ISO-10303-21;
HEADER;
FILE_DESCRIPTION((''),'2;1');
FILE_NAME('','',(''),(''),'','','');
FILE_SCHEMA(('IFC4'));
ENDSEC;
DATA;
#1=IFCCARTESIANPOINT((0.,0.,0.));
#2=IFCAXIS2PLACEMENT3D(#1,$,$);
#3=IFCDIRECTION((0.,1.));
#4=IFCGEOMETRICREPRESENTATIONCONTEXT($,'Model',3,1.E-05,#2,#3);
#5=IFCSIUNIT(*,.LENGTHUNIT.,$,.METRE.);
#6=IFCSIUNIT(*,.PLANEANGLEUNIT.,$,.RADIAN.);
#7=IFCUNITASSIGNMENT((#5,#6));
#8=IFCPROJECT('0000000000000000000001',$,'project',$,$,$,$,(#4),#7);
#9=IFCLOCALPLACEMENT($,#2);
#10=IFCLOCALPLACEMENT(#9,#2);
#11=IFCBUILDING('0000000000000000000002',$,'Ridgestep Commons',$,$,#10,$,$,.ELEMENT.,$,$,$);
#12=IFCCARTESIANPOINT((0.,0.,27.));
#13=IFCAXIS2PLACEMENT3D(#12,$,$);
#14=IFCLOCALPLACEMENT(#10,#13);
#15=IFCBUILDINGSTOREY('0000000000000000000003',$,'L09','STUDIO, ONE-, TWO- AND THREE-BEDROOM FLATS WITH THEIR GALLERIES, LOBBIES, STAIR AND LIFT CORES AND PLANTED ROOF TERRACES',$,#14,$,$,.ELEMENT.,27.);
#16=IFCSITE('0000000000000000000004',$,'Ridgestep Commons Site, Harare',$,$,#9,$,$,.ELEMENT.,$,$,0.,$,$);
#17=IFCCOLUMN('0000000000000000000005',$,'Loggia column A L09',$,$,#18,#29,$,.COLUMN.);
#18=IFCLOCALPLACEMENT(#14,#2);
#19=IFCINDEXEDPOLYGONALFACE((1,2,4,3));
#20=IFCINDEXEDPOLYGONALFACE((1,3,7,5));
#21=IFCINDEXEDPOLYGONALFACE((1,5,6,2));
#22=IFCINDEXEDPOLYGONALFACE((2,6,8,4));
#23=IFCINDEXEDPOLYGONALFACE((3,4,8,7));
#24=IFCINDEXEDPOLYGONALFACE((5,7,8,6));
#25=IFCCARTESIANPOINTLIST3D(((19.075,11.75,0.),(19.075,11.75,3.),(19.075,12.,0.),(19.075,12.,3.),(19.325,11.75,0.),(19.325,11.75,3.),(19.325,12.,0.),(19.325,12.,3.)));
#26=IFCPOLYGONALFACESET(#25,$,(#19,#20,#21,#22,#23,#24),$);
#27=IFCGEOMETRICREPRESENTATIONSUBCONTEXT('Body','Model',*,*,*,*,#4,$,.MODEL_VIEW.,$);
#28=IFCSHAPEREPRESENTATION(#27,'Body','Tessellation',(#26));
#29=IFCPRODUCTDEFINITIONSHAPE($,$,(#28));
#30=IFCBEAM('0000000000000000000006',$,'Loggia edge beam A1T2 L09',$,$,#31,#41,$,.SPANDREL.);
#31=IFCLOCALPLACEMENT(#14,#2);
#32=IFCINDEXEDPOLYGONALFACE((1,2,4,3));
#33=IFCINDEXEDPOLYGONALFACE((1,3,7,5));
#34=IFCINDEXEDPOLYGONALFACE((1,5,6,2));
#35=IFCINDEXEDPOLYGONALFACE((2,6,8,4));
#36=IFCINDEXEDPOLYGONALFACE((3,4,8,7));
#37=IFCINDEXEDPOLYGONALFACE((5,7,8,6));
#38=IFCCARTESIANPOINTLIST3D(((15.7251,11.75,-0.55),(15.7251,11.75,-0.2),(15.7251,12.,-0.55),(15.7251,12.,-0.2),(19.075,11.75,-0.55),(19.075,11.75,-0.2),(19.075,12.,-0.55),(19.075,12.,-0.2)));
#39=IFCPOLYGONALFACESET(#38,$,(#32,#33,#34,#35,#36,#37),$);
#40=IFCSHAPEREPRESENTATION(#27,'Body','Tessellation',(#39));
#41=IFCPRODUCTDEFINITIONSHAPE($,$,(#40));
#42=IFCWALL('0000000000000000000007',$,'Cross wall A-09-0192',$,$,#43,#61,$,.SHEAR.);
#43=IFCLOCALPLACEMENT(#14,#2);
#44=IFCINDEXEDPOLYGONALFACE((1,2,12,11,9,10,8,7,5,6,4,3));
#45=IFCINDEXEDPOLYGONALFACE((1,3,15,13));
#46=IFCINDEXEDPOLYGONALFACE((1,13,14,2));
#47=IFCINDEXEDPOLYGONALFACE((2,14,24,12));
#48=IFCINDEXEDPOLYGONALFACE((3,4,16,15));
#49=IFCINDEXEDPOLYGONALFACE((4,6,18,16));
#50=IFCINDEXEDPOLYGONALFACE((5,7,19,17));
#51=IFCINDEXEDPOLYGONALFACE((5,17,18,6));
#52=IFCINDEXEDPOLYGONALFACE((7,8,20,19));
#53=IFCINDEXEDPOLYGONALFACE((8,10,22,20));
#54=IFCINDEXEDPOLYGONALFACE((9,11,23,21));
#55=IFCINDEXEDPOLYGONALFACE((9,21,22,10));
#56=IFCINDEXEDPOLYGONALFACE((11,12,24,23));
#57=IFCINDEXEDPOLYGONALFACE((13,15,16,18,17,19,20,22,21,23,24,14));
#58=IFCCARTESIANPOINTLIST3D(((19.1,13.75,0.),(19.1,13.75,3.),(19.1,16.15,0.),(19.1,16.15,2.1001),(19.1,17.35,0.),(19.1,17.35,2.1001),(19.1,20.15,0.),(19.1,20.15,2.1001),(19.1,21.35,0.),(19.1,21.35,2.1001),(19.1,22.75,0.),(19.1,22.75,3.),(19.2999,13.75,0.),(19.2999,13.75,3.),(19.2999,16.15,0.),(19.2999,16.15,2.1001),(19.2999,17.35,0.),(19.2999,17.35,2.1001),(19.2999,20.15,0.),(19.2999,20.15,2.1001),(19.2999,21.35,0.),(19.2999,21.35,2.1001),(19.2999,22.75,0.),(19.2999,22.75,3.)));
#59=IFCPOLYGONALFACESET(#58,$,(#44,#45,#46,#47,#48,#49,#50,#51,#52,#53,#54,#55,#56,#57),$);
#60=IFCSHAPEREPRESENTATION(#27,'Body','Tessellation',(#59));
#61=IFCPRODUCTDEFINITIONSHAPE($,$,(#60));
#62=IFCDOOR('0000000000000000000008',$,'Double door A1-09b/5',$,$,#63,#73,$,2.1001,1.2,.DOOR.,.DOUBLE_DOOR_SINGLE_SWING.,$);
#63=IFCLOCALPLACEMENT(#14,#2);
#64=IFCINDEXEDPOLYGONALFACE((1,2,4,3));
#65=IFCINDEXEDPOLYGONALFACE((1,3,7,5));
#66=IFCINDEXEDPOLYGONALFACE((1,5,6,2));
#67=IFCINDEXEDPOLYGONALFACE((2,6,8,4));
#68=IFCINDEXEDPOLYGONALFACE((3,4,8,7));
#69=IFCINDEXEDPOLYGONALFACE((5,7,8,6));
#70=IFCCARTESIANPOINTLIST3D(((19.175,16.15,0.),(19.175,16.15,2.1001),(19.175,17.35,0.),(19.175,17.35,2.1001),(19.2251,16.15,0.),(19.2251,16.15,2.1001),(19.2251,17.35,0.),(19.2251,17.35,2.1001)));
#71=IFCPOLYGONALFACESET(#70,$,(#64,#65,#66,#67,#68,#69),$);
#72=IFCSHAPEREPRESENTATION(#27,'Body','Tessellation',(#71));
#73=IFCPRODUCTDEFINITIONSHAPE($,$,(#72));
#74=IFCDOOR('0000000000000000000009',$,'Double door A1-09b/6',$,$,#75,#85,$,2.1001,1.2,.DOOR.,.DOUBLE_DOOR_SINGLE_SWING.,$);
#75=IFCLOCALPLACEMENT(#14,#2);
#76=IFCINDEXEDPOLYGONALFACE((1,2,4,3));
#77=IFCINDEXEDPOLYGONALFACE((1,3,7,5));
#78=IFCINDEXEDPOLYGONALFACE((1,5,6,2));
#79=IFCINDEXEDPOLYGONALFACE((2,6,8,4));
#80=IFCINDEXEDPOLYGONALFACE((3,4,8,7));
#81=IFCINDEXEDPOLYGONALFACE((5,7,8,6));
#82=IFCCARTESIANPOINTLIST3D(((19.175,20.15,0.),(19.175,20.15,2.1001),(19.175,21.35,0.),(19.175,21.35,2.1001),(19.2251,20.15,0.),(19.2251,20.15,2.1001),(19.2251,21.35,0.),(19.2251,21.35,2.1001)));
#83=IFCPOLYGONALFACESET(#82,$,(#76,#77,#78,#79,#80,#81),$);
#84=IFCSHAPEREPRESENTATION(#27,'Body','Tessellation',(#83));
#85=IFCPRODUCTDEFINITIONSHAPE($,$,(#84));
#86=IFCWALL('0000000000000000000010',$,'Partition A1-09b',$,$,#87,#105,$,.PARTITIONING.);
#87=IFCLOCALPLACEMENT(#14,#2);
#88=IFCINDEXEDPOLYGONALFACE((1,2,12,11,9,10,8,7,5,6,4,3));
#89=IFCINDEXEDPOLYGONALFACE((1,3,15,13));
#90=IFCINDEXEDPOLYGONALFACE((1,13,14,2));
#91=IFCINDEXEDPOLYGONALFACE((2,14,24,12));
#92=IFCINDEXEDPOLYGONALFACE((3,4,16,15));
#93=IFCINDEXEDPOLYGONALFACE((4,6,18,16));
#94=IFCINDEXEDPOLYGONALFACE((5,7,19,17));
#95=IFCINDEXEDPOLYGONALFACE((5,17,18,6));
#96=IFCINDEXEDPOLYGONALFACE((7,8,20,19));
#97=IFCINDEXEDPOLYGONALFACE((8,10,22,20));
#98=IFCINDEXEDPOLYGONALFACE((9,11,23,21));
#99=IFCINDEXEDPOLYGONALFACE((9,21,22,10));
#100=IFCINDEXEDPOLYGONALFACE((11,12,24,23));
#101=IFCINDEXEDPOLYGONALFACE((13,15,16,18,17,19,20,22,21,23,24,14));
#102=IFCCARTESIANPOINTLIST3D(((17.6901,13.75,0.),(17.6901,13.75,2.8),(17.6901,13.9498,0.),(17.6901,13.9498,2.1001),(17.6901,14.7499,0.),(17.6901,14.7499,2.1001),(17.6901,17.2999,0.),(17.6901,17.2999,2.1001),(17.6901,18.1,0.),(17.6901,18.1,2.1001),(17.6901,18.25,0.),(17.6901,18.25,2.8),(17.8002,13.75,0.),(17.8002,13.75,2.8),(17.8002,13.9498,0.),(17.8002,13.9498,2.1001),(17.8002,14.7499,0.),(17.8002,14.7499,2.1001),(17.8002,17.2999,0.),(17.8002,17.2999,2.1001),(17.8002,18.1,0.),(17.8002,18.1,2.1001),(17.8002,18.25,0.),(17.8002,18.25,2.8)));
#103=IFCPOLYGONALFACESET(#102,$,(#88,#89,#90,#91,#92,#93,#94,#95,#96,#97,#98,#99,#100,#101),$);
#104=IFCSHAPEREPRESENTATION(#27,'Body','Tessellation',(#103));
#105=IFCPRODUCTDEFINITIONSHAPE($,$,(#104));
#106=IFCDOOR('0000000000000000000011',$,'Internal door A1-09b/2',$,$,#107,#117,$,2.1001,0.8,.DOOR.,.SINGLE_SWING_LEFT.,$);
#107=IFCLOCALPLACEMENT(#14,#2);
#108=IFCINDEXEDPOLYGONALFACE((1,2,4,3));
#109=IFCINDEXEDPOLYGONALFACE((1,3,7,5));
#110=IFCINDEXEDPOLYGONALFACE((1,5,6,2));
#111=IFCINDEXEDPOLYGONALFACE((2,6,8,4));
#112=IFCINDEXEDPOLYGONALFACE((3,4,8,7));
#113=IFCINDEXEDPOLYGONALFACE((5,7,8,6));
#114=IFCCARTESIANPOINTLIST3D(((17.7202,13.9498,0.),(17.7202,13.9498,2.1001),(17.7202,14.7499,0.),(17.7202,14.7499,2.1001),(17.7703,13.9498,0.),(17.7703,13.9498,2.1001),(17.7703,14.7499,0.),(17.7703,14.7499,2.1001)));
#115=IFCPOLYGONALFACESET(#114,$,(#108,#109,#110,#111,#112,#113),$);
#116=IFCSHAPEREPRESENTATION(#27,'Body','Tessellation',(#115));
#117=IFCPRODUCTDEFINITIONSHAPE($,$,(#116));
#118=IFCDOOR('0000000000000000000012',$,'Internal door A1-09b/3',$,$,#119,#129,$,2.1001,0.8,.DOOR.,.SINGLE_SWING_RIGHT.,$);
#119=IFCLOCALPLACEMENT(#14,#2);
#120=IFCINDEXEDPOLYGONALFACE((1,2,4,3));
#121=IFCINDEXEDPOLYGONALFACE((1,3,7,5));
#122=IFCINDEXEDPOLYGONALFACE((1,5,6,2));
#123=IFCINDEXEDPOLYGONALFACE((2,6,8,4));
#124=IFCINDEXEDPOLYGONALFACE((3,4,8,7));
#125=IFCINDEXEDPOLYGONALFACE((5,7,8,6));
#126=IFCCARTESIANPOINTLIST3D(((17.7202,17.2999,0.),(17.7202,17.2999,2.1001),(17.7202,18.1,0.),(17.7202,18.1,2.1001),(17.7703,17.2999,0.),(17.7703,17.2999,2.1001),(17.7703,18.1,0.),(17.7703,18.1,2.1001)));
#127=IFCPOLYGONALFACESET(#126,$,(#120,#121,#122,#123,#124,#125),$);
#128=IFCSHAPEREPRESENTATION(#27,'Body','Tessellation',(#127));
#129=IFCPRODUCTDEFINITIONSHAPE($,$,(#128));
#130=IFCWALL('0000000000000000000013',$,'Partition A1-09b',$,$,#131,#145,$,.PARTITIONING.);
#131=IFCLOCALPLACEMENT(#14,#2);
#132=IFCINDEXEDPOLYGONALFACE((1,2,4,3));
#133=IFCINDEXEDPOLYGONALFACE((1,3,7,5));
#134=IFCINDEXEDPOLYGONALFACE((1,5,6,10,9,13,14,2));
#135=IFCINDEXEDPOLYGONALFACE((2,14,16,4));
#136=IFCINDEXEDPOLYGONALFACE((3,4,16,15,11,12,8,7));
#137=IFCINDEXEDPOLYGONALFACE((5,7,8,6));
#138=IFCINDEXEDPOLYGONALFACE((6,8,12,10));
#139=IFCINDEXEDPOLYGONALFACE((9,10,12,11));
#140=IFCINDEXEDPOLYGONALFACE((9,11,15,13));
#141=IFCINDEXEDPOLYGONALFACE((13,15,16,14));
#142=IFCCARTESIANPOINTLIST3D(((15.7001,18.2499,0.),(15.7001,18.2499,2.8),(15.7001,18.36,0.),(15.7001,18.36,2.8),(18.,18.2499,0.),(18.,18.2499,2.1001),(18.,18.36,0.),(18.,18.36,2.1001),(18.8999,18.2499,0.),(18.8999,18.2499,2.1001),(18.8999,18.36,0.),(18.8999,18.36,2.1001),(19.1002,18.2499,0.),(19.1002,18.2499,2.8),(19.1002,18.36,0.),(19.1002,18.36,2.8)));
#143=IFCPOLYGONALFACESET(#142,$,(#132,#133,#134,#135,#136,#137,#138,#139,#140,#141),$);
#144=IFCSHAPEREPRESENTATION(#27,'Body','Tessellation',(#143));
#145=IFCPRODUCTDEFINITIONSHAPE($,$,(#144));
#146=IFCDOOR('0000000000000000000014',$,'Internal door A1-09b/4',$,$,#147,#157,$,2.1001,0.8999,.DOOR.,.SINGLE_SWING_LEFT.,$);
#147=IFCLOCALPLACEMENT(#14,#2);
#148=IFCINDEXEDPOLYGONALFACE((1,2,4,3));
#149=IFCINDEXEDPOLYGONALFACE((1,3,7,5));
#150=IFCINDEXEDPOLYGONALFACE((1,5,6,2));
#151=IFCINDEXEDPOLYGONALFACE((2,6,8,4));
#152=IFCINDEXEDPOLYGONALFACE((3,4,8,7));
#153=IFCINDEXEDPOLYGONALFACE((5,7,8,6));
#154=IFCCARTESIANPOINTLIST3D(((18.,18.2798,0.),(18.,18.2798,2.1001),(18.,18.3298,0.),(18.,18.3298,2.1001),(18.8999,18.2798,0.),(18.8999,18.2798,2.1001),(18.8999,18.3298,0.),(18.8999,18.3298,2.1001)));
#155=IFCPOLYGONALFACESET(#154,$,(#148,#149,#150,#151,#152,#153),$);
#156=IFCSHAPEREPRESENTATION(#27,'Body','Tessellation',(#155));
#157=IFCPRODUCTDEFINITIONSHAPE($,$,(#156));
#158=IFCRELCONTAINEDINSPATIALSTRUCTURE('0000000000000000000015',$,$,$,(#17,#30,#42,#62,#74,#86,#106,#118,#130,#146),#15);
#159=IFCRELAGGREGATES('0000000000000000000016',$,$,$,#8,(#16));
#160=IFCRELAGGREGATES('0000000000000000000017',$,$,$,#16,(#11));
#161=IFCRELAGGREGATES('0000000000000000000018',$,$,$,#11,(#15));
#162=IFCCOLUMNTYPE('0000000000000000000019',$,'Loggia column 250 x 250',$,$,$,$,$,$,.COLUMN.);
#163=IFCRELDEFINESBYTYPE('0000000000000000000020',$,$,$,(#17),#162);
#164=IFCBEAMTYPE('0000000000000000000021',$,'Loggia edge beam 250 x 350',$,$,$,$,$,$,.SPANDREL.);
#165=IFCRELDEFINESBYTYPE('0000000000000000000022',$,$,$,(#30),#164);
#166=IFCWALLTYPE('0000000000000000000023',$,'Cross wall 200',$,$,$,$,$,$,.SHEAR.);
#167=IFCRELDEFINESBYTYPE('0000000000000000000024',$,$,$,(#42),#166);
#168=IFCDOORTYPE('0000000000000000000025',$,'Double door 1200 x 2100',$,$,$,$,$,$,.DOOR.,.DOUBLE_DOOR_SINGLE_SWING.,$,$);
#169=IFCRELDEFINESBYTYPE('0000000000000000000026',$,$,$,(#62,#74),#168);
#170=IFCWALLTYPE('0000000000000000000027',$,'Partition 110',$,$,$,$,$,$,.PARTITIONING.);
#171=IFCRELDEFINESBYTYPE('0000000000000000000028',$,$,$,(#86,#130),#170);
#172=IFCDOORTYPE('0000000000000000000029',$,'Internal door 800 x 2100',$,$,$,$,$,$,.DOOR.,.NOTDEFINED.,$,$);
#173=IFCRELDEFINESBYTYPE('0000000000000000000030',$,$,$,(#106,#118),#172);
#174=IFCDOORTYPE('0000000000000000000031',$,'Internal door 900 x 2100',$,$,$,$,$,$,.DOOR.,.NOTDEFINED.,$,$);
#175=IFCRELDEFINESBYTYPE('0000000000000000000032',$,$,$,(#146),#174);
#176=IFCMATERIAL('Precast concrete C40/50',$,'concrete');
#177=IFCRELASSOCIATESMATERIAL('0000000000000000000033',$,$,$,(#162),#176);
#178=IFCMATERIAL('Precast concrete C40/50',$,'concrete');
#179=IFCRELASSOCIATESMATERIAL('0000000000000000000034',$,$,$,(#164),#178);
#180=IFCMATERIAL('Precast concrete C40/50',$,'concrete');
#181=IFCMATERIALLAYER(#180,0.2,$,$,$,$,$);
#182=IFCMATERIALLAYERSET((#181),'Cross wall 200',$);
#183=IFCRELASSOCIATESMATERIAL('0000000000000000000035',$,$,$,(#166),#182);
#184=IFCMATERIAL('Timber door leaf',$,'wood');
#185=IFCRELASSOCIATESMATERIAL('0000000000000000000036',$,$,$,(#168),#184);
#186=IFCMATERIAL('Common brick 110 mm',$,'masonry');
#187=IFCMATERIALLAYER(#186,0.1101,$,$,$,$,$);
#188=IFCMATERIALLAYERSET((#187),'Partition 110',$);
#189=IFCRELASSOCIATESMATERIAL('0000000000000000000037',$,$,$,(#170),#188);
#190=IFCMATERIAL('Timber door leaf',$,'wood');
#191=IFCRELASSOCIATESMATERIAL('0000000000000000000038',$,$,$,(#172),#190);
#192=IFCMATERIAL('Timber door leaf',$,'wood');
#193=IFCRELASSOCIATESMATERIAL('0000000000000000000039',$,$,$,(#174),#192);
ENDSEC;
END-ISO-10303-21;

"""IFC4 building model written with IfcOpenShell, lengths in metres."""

from ifc_helpers import new_model, si_unit, direction, frame, frame_2d, origin, origin_2d, place, context, subcontext, project, spatial, rectangle, extrude, material, layer, layer_set, material_profile, profile_set, type_object, element, fill, save


model = new_model("IFC4")

# Units and contexts
model_context = context("Model", 3, precision=1e-05, world=origin(), true_north=direction((0.0, 1.0)))
body_context = subcontext(model_context, "Body", "Model", "MODEL_VIEW")
ifc_project = project(units=[si_unit("LENGTHUNIT", "METRE"), si_unit("PLANEANGLEUNIT", "RADIAN")], contexts=[model_context])

# Site, building, storey
site_placement = place(None, origin())
site = spatial("IfcSite", under=ifc_project, at=site_placement, Name="Ridgestep Commons Site, Harare", CompositionType="ELEMENT", RefElevation=0.0)
building_placement = place(site_placement, origin())
building = spatial("IfcBuilding", under=site, at=building_placement, Name="Ridgestep Commons", CompositionType="ELEMENT")
storey_placement = place(building_placement, frame((0.0, 0.0, 27.0)))
storey = spatial("IfcBuildingStorey", under=building, at=storey_placement, Name="L09", Description="STUDIO, ONE-, TWO- AND THREE-BEDROOM FLATS WITH THEIR GALLERIES, LOBBIES, STAIR AND LIFT CORES AND PLANTED ROOF TERRACES", CompositionType="ELEMENT", Elevation=27.0)

# Column
ifc_material_1 = material(Name="Precast concrete C40/50", Category="concrete")
ifc_material_profile_1 = material_profile(ifc_material_1, rectangle(XDim=0.25, YDim=0.25, at=origin_2d()), Name="PC 250x250")
ifc_profile_set_1 = profile_set([ifc_material_profile_1], Name="Precast concrete C40/50")
column_type = type_object("IfcColumnType", Name="Loggia column 250 x 250", PredefinedType="COLUMN", material=ifc_profile_set_1)
column_placement = place(storey_placement, frame((19.2, 11.875, 0.0), z_axis=(0.0, 0.0, 1.0), x_axis=(1.0, 0.0, 0.0)))
element("IfcColumn", 1, at=column_placement, inside=storey, type_object=column_type, Name="Loggia column A L09", PredefinedType="COLUMN", context=body_context, shape_type="SweptSolid", body=[
    extrude(rectangle(XDim=0.25, YDim=0.25, at=origin_2d()), origin(), (0.0, 0.0, 1.0), 3.0),
])

# Beam
ifc_material_2 = material(Name="Precast concrete C40/50", Category="concrete")
ifc_material_profile_2 = material_profile(ifc_material_2, rectangle(XDim=0.25, YDim=0.3501, at=origin_2d()), Name="PC 250x350")
ifc_profile_set_2 = profile_set([ifc_material_profile_2], Name="Precast concrete C40/50")
beam_type = type_object("IfcBeamType", Name="Loggia edge beam 250 x 350", PredefinedType="SPANDREL", material=ifc_profile_set_2)
beam_placement = place(storey_placement, frame((15.7251, 11.875, -0.375), z_axis=(1.0, 0.0, 0.0), x_axis=(0.0, 1.0, 0.0)))
element("IfcBeam", 2, at=beam_placement, inside=storey, type_object=beam_type, Name="Loggia edge beam A1T2 L09", PredefinedType="SPANDREL", context=body_context, shape_type="SweptSolid", body=[
    extrude(rectangle(XDim=0.25, YDim=0.3501, at=origin_2d()), origin(), (0.0, 0.0, 1.0), 3.3499),
])

# Walls, openings, doors
ifc_material_3 = material(Name="Precast concrete C40/50", Category="concrete")
ifc_layer_1 = layer(ifc_material_3, 0.2)
ifc_layer_set_1 = layer_set([ifc_layer_1], Name="Cross wall 200")
wall_type_1 = type_object("IfcWallType", Name="Cross wall 200", PredefinedType="SHEAR", material=ifc_layer_set_1)
wall_1_placement = place(storey_placement, frame((19.2, 13.75, 0.0), z_axis=(0.0, 0.0, 1.0), x_axis=(0.0, 1.0, 0.0)))
wall_1 = element("IfcWall", 3, at=wall_1_placement, inside=storey, type_object=wall_type_1, Name="Cross wall A-09-0192", PredefinedType="SHEAR", context=body_context, shape_type="SweptSolid", body=[
    extrude(rectangle(XDim=9.0, YDim=0.2, at=frame_2d((4.5, 0.0))), origin(), (0.0, 0.0, 1.0), 3.0),
])
opening_1_placement = place(wall_1_placement, frame((2.3999, 0.0, 0.0)))
opening_1 = element("IfcOpeningElement", 4, at=opening_1_placement, cuts=wall_1, PredefinedType="OPENING", context=body_context, shape_type="SweptSolid", body=[
    extrude(rectangle(XDim=1.2, YDim=2.1001, at=frame_2d((0.6001, 1.05))), frame((0.0, 0.1099, 0.0), z_axis=(0.0, -1.0, 0.0), x_axis=(1.0, 0.0, 0.0)), (0.0, 0.0, 1.0), 0.22),
])
opening_2_placement = place(wall_1_placement, frame((6.3999, 0.0, 0.0)))
opening_2 = element("IfcOpeningElement", 5, at=opening_2_placement, cuts=wall_1, PredefinedType="OPENING", context=body_context, shape_type="SweptSolid", body=[
    extrude(rectangle(XDim=1.2, YDim=2.1001, at=frame_2d((0.6001, 1.05))), frame((0.0, 0.1099, 0.0), z_axis=(0.0, -1.0, 0.0), x_axis=(1.0, 0.0, 0.0)), (0.0, 0.0, 1.0), 0.22),
])
ifc_material_4 = material(Name="Timber door leaf", Category="wood")
door_type_1 = type_object("IfcDoorType", Name="Double door 1200 x 2100", OperationType="DOUBLE_DOOR_SINGLE_SWING", PredefinedType="DOOR", material=ifc_material_4)
door_1_placement = place(opening_1_placement, origin())
door_1 = element("IfcDoor", 6, at=door_1_placement, inside=storey, type_object=door_type_1, Name="Double door A1-09b/5", OperationType="DOUBLE_DOOR_SINGLE_SWING", OverallHeight=2.1001, OverallWidth=1.2, PredefinedType="DOOR", context=body_context, shape_type="SweptSolid", body=[
    extrude(rectangle(XDim=1.2, YDim=2.1001, at=frame_2d((0.6001, 1.05))), frame((0.0, 0.0249, 0.0), z_axis=(0.0, -1.0, 0.0), x_axis=(1.0, 0.0, 0.0)), (0.0, 0.0, 1.0), 0.05),
])
fill(opening_1, door_1)
door_2_placement = place(opening_2_placement, origin())
door_2 = element("IfcDoor", 7, at=door_2_placement, inside=storey, type_object=door_type_1, Name="Double door A1-09b/6", OperationType="DOUBLE_DOOR_SINGLE_SWING", OverallHeight=2.1001, OverallWidth=1.2, PredefinedType="DOOR", context=body_context, shape_type="SweptSolid", body=[
    extrude(rectangle(XDim=1.2, YDim=2.1001, at=frame_2d((0.6001, 1.05))), frame((0.0, 0.0249, 0.0), z_axis=(0.0, -1.0, 0.0), x_axis=(1.0, 0.0, 0.0)), (0.0, 0.0, 1.0), 0.05),
])
fill(opening_2, door_2)
ifc_material_5 = material(Name="Common brick 110 mm", Category="masonry")
ifc_layer_2 = layer(ifc_material_5, 0.1101)
ifc_layer_set_2 = layer_set([ifc_layer_2], Name="Partition 110")
wall_type_2 = type_object("IfcWallType", Name="Partition 110", PredefinedType="PARTITIONING", material=ifc_layer_set_2)
wall_2_placement = place(storey_placement, frame((17.7451, 13.75, 0.0), z_axis=(0.0, 0.0, 1.0), x_axis=(0.0, 1.0, 0.0)))
wall_2 = element("IfcWall", 8, at=wall_2_placement, inside=storey, type_object=wall_type_2, Name="Partition A1-09b", PredefinedType="PARTITIONING", context=body_context, shape_type="SweptSolid", body=[
    extrude(rectangle(XDim=4.5, YDim=0.1101, at=frame_2d((2.25, 0.0))), origin(), (0.0, 0.0, 1.0), 2.8),
])
opening_3_placement = place(wall_2_placement, frame((0.2, 0.0, 0.0)))
opening_3 = element("IfcOpeningElement", 9, at=opening_3_placement, cuts=wall_2, PredefinedType="OPENING", context=body_context, shape_type="SweptSolid", body=[
    extrude(rectangle(XDim=0.8, YDim=2.1001, at=frame_2d((0.3999, 1.05))), frame((0.0, 0.0649, 0.0), z_axis=(0.0, -1.0, 0.0), x_axis=(1.0, 0.0, 0.0)), (0.0, 0.0, 1.0), 0.1301),
])
opening_4_placement = place(wall_2_placement, frame((3.55, 0.0, 0.0)))
opening_4 = element("IfcOpeningElement", 10, at=opening_4_placement, cuts=wall_2, PredefinedType="OPENING", context=body_context, shape_type="SweptSolid", body=[
    extrude(rectangle(XDim=0.8, YDim=2.1001, at=frame_2d((0.3999, 1.05))), frame((0.0, 0.0649, 0.0), z_axis=(0.0, -1.0, 0.0), x_axis=(1.0, 0.0, 0.0)), (0.0, 0.0, 1.0), 0.1301),
])
ifc_material_6 = material(Name="Timber door leaf", Category="wood")
door_type_2 = type_object("IfcDoorType", Name="Internal door 800 x 2100", OperationType="NOTDEFINED", PredefinedType="DOOR", material=ifc_material_6)
door_3_placement = place(opening_3_placement, origin())
door_3 = element("IfcDoor", 11, at=door_3_placement, inside=storey, type_object=door_type_2, Name="Internal door A1-09b/2", OperationType="SINGLE_SWING_LEFT", OverallHeight=2.1001, OverallWidth=0.8, PredefinedType="DOOR", context=body_context, shape_type="SweptSolid", body=[
    extrude(rectangle(XDim=0.8, YDim=2.1001, at=frame_2d((0.3999, 1.05))), frame((0.0, 0.0249, 0.0), z_axis=(0.0, -1.0, 0.0), x_axis=(1.0, 0.0, 0.0)), (0.0, 0.0, 1.0), 0.05),
])
fill(opening_3, door_3)
door_4_placement = place(opening_4_placement, origin())
door_4 = element("IfcDoor", 12, at=door_4_placement, inside=storey, type_object=door_type_2, Name="Internal door A1-09b/3", OperationType="SINGLE_SWING_RIGHT", OverallHeight=2.1001, OverallWidth=0.8, PredefinedType="DOOR", context=body_context, shape_type="SweptSolid", body=[
    extrude(rectangle(XDim=0.8, YDim=2.1001, at=frame_2d((0.3999, 1.05))), frame((0.0, 0.0249, 0.0), z_axis=(0.0, -1.0, 0.0), x_axis=(1.0, 0.0, 0.0)), (0.0, 0.0, 1.0), 0.05),
])
fill(opening_4, door_4)

# Wall, opening, door
wall_3_placement = place(storey_placement, frame((15.7, 18.3049, 0.0), z_axis=(0.0, 0.0, 1.0), x_axis=(1.0, 0.0, 0.0)))
wall_3 = element("IfcWall", 13, at=wall_3_placement, inside=storey, type_object=wall_type_2, Name="Partition A1-09b", PredefinedType="PARTITIONING", context=body_context, shape_type="SweptSolid", body=[
    extrude(rectangle(XDim=3.4001, YDim=0.1101, at=frame_2d((1.7002, 0.0))), origin(), (0.0, 0.0, 1.0), 2.8),
])
opening_5_placement = place(wall_3_placement, frame((2.3, 0.0, 0.0)))
opening_5 = element("IfcOpeningElement", 14, at=opening_5_placement, cuts=wall_3, PredefinedType="OPENING", context=body_context, shape_type="SweptSolid", body=[
    extrude(rectangle(XDim=0.8999, YDim=2.1001, at=frame_2d((0.45, 1.05))), frame((0.0, 0.0649, 0.0), z_axis=(0.0, -1.0, 0.0), x_axis=(1.0, 0.0, 0.0)), (0.0, 0.0, 1.0), 0.1301),
])
ifc_material_7 = material(Name="Timber door leaf", Category="wood")
door_type_3 = type_object("IfcDoorType", Name="Internal door 900 x 2100", OperationType="NOTDEFINED", PredefinedType="DOOR", material=ifc_material_7)
door_5_placement = place(opening_5_placement, origin())
door_5 = element("IfcDoor", 15, at=door_5_placement, inside=storey, type_object=door_type_3, Name="Internal door A1-09b/4", OperationType="SINGLE_SWING_LEFT", OverallHeight=2.1001, OverallWidth=0.8999, PredefinedType="DOOR", context=body_context, shape_type="SweptSolid", body=[
    extrude(rectangle(XDim=0.8999, YDim=2.1001, at=frame_2d((0.45, 1.05))), frame((0.0, 0.0249, 0.0), z_axis=(0.0, -1.0, 0.0), x_axis=(1.0, 0.0, 0.0)), (0.0, 0.0, 1.0), 0.05),
])
fill(opening_5, door_5)

save(model, "model.ifc")
